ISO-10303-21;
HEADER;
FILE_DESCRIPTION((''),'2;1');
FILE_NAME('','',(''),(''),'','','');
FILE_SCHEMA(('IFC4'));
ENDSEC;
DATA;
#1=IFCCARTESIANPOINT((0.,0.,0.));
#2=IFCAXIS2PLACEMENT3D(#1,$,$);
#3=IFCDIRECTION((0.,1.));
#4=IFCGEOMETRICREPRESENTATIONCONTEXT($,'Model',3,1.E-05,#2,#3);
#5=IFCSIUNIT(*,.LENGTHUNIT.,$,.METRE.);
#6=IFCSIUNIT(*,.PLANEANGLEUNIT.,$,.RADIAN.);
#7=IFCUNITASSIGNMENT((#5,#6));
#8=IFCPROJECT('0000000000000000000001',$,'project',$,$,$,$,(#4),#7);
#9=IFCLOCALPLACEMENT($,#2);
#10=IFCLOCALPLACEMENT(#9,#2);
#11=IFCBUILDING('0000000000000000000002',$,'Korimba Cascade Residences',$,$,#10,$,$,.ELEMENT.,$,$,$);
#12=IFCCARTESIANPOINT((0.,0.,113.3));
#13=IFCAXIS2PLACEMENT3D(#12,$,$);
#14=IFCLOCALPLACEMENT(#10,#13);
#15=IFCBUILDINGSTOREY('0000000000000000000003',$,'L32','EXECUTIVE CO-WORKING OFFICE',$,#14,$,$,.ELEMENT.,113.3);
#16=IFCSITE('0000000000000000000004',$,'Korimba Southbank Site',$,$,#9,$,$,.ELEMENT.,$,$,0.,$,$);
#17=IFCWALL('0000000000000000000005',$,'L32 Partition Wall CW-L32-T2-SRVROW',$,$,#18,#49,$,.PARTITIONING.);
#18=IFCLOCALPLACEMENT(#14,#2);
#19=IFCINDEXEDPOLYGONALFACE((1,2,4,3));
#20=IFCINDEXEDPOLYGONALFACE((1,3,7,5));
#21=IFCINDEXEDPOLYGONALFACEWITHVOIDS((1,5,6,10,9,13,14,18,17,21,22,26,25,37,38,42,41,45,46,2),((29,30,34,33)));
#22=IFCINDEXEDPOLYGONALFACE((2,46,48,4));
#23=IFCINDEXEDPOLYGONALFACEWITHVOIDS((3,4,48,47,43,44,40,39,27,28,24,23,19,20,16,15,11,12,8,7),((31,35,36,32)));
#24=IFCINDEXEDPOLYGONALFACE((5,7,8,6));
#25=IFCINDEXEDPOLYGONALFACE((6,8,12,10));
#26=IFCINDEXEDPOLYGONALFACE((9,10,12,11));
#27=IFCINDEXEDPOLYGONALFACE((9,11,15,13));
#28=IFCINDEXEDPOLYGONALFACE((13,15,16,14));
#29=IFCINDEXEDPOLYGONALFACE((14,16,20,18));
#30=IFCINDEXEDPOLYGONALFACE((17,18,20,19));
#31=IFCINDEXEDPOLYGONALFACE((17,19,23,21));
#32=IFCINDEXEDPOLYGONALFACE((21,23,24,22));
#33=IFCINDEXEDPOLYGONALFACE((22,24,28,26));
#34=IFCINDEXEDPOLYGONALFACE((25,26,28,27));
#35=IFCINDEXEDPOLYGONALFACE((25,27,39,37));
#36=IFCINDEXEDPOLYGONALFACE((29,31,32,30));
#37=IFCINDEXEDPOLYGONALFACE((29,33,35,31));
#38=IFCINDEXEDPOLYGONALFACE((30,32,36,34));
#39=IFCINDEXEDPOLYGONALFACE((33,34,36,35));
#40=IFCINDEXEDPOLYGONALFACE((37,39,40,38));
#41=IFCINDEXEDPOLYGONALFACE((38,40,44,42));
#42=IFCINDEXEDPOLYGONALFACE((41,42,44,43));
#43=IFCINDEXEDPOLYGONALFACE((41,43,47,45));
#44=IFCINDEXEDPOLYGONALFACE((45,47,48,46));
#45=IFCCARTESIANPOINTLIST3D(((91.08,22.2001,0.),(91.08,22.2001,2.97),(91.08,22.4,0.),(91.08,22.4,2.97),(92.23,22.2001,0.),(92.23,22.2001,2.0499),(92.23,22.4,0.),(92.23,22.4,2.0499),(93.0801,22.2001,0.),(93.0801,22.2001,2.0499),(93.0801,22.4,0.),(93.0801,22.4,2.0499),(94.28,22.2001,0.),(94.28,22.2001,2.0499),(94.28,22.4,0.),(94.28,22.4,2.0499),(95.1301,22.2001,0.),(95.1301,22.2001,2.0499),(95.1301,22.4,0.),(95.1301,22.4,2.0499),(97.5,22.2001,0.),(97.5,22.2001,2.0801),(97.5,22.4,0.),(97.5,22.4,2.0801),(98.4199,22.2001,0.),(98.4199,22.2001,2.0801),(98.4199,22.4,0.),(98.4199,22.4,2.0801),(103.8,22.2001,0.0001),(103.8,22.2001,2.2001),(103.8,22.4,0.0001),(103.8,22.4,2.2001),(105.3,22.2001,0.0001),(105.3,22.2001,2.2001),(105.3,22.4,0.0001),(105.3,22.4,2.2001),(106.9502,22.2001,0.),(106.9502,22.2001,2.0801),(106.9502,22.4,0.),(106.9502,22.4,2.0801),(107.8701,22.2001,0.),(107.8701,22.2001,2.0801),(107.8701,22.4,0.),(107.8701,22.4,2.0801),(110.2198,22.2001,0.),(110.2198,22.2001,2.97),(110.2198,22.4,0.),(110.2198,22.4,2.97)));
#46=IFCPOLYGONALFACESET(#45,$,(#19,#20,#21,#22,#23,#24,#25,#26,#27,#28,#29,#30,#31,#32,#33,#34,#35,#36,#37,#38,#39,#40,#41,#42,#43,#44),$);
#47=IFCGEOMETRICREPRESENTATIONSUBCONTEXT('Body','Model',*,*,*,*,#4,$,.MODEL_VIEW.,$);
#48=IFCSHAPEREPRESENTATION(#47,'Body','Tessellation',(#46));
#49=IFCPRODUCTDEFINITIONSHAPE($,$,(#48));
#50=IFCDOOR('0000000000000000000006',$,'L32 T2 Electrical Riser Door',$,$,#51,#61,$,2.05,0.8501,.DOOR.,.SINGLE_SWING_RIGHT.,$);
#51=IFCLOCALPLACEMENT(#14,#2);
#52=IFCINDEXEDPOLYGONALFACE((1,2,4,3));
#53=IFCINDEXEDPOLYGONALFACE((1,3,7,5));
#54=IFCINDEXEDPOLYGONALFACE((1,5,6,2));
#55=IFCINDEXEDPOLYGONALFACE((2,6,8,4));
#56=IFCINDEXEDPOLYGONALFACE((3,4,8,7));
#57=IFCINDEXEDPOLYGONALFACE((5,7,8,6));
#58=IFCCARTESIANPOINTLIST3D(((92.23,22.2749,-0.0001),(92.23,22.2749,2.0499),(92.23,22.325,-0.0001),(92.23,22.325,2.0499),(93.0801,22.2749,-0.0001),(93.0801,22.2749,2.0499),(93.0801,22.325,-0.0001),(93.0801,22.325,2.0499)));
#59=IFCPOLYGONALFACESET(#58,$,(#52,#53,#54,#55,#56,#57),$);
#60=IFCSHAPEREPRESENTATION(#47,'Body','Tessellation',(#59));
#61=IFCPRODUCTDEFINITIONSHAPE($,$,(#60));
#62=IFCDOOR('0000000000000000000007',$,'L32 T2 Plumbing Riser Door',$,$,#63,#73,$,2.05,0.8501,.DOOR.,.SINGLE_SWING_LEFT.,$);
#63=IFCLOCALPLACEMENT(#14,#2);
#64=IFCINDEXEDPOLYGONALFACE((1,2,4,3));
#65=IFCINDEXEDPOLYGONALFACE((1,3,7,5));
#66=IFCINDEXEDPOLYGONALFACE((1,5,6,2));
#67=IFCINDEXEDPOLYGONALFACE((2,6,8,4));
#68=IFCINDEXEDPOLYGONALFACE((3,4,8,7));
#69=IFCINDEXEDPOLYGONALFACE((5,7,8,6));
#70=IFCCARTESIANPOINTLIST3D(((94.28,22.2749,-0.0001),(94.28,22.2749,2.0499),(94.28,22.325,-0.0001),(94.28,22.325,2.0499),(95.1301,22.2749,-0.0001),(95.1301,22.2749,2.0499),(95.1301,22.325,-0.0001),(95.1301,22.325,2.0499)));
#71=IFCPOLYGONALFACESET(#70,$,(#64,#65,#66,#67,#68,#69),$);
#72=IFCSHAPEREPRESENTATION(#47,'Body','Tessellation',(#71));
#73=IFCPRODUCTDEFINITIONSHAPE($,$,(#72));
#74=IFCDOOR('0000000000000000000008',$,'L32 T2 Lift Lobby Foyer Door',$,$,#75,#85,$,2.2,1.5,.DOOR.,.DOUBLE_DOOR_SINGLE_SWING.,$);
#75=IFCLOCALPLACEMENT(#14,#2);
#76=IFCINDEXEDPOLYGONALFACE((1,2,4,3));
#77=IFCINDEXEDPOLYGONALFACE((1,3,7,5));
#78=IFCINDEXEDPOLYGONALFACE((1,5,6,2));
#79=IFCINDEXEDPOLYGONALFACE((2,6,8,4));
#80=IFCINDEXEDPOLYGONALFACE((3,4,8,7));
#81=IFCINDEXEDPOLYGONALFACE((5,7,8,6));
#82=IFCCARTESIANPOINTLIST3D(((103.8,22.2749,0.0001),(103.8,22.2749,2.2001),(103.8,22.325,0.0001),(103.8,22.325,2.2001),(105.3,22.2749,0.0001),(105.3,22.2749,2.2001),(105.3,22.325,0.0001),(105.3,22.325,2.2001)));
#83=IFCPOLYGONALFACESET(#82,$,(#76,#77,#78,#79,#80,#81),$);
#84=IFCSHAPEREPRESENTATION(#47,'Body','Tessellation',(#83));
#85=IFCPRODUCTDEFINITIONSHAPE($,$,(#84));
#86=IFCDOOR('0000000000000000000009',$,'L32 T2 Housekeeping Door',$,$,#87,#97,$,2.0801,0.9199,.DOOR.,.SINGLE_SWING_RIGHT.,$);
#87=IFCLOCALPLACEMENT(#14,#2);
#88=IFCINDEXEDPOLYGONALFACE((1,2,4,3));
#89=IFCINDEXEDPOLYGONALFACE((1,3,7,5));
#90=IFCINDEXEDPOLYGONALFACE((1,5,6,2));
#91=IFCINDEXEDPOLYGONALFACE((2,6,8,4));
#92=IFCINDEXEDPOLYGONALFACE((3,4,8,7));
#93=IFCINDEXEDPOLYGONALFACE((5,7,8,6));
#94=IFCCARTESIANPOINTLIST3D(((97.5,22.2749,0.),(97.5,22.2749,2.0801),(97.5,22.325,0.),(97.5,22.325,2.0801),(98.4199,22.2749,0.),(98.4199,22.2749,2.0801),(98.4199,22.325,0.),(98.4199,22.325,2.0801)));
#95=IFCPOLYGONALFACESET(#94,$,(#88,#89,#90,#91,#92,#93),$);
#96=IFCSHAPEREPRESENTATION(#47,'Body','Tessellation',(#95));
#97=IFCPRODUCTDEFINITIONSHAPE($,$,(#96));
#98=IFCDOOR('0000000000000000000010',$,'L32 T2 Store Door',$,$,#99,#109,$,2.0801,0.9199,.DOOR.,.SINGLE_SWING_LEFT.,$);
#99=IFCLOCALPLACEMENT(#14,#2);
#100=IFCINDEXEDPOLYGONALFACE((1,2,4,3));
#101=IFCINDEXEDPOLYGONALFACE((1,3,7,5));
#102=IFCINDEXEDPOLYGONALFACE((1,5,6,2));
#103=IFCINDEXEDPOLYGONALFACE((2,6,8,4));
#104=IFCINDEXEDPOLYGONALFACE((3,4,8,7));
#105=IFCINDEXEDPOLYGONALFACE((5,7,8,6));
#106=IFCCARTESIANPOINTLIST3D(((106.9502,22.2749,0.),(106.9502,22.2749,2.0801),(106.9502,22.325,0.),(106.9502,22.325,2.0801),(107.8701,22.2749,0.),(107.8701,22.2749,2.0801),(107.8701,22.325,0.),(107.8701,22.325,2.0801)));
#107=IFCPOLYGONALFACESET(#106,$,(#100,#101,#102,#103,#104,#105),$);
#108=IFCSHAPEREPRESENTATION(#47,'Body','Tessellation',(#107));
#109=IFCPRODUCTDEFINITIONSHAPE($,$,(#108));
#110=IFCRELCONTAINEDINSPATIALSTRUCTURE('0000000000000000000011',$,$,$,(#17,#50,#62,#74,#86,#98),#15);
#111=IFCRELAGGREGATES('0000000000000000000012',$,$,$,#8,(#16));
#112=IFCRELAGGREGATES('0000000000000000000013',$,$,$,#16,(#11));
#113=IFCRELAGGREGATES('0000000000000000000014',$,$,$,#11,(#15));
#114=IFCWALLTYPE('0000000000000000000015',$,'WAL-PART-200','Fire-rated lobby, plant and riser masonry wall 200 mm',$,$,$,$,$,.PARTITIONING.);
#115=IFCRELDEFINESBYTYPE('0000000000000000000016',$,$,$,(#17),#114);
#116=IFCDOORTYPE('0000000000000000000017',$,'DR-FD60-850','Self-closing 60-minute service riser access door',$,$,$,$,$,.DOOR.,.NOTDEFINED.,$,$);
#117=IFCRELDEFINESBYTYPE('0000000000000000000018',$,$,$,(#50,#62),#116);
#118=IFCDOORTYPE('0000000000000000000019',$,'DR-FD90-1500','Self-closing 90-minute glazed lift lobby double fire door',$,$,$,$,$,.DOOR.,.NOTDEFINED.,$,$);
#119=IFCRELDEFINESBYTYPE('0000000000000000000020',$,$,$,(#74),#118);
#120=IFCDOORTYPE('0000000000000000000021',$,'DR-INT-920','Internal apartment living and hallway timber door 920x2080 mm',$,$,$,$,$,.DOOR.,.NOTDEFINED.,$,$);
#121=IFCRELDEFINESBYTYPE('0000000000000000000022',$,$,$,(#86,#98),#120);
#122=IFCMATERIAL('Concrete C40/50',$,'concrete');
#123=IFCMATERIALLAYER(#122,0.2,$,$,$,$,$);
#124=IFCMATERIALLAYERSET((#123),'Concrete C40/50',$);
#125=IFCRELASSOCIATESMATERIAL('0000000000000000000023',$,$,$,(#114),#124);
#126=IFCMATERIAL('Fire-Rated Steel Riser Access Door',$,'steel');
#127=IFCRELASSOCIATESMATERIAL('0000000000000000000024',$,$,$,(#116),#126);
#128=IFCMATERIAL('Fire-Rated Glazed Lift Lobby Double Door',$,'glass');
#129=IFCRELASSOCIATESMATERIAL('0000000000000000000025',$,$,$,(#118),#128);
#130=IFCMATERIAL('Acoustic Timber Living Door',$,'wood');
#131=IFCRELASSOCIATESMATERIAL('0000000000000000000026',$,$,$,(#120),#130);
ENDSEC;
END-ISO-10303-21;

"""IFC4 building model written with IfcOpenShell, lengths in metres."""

from ifc_helpers import new_model, si_unit, direction, frame, frame_2d, origin, place, context, subcontext, project, spatial, rectangle, extrude, material, layer, layer_set, type_object, element, fill, save


model = new_model("IFC4")

# Units and contexts
model_context = context("Model", 3, precision=1e-05, world=origin(), true_north=direction((0.0, 1.0)))
body_context = subcontext(model_context, "Body", "Model", "MODEL_VIEW")
ifc_project = project(units=[si_unit("LENGTHUNIT", "METRE"), si_unit("PLANEANGLEUNIT", "RADIAN")], contexts=[model_context])

# Site, building, storey
site_placement = place(None, origin())
site = spatial("IfcSite", under=ifc_project, at=site_placement, Name="Korimba Southbank Site", CompositionType="ELEMENT", RefElevation=0.0)
building_placement = place(site_placement, origin())
building = spatial("IfcBuilding", under=site, at=building_placement, Name="Korimba Cascade Residences", CompositionType="ELEMENT")
storey_placement = place(building_placement, frame((0.0, 0.0, 113.3)))
storey = spatial("IfcBuildingStorey", under=building, at=storey_placement, Name="L32", Description="EXECUTIVE CO-WORKING OFFICE", CompositionType="ELEMENT", Elevation=113.3)

# Shared definitions
ifc_material_1 = material(Name="Concrete C40/50", Category="concrete")
ifc_layer_1 = layer(ifc_material_1, 0.2)
ifc_layer_set_1 = layer_set([ifc_layer_1], Name="Concrete C40/50")
wall_type_1 = type_object("IfcWallType", Name="WAL-PART-200", Description="Fire-rated lobby, plant and riser masonry wall 200 mm", PredefinedType="PARTITIONING", material=ifc_layer_set_1)

# Wall, openings, doors
wall_1_placement = place(storey_placement, frame((91.0801, 22.3, 0.0), z_axis=(0.0, 0.0, 1.0), x_axis=(1.0, 0.0, 0.0)))
wall_1 = element("IfcWall", 1, at=wall_1_placement, inside=storey, type_object=wall_type_1, Name="L32 Partition Wall CW-L32-T2-SRVROW", PredefinedType="PARTITIONING", context=body_context, shape_type="SweptSolid", body=[
    extrude(rectangle(XDim=19.1399, YDim=0.2, at=frame_2d((9.5698, 0.0))), origin(), (0.0, 0.0, 1.0), 2.97),
])
opening_1_placement = place(wall_1_placement, frame((1.1499, 0.0, 0.0)))
opening_1 = element("IfcOpeningElement", 2, at=opening_1_placement, cuts=wall_1, PredefinedType="OPENING", context=body_context, shape_type="SweptSolid", body=[
    extrude(rectangle(XDim=0.8501, YDim=2.05, at=frame_2d((0.425, 1.0249))), frame((0.0, 0.1099, 0.0), z_axis=(0.0, -1.0, 0.0), x_axis=(1.0, 0.0, 0.0)), (0.0, 0.0, 1.0), 0.22),
])
opening_2_placement = place(wall_1_placement, frame((3.2, 0.0, 0.0)))
opening_2 = element("IfcOpeningElement", 3, at=opening_2_placement, cuts=wall_1, PredefinedType="OPENING", context=body_context, shape_type="SweptSolid", body=[
    extrude(rectangle(XDim=0.8501, YDim=2.05, at=frame_2d((0.425, 1.0249))), frame((0.0, 0.1099, 0.0), z_axis=(0.0, -1.0, 0.0), x_axis=(1.0, 0.0, 0.0)), (0.0, 0.0, 1.0), 0.22),
])
opening_3_placement = place(wall_1_placement, frame((12.72, 0.0, 0.0)))
opening_3 = element("IfcOpeningElement", 4, at=opening_3_placement, cuts=wall_1, PredefinedType="OPENING", context=body_context, shape_type="SweptSolid", body=[
    extrude(rectangle(XDim=1.5, YDim=2.2, at=frame_2d((0.75, 1.1001))), frame((0.0, 0.1099, 0.0), z_axis=(0.0, -1.0, 0.0), x_axis=(1.0, 0.0, 0.0)), (0.0, 0.0, 1.0), 0.22),
])
opening_4_placement = place(wall_1_placement, frame((6.4199, 0.0, 0.0)))
opening_4 = element("IfcOpeningElement", 5, at=opening_4_placement, cuts=wall_1, PredefinedType="OPENING", context=body_context, shape_type="SweptSolid", body=[
    extrude(rectangle(XDim=0.9199, YDim=2.0801, at=frame_2d((0.46, 1.04))), frame((0.0, 0.1099, 0.0), z_axis=(0.0, -1.0, 0.0), x_axis=(1.0, 0.0, 0.0)), (0.0, 0.0, 1.0), 0.22),
])
opening_5_placement = place(wall_1_placement, frame((15.8701, 0.0, 0.0)))
opening_5 = element("IfcOpeningElement", 6, at=opening_5_placement, cuts=wall_1, PredefinedType="OPENING", context=body_context, shape_type="SweptSolid", body=[
    extrude(rectangle(XDim=0.9199, YDim=2.0801, at=frame_2d((0.46, 1.04))), frame((0.0, 0.1099, 0.0), z_axis=(0.0, -1.0, 0.0), x_axis=(1.0, 0.0, 0.0)), (0.0, 0.0, 1.0), 0.22),
])
ifc_material_2 = material(Name="Fire-Rated Steel Riser Access Door", Category="steel")
door_type_1 = type_object("IfcDoorType", Name="DR-FD60-850", Description="Self-closing 60-minute service riser access door", OperationType="NOTDEFINED", PredefinedType="DOOR", material=ifc_material_2)
door_1_placement = place(opening_1_placement, origin())
door_1 = element("IfcDoor", 7, at=door_1_placement, inside=storey, type_object=door_type_1, Name="L32 T2 Electrical Riser Door", OperationType="SINGLE_SWING_RIGHT", OverallHeight=2.05, OverallWidth=0.8501, PredefinedType="DOOR", context=body_context, shape_type="SweptSolid", body=[
    extrude(rectangle(XDim=0.8501, YDim=2.05, at=frame_2d((0.425, 1.0249))), frame((0.0, 0.0249, 0.0), z_axis=(0.0, -1.0, 0.0), x_axis=(1.0, 0.0, 0.0)), (0.0, 0.0, 1.0), 0.05),
])
fill(opening_1, door_1)
door_2_placement = place(opening_2_placement, origin())
door_2 = element("IfcDoor", 8, at=door_2_placement, inside=storey, type_object=door_type_1, Name="L32 T2 Plumbing Riser Door", OperationType="SINGLE_SWING_LEFT", OverallHeight=2.05, OverallWidth=0.8501, PredefinedType="DOOR", context=body_context, shape_type="SweptSolid", body=[
    extrude(rectangle(XDim=0.8501, YDim=2.05, at=frame_2d((0.425, 1.0249))), frame((0.0, 0.0249, 0.0), z_axis=(0.0, -1.0, 0.0), x_axis=(1.0, 0.0, 0.0)), (0.0, 0.0, 1.0), 0.05),
])
fill(opening_2, door_2)
ifc_material_3 = material(Name="Fire-Rated Glazed Lift Lobby Double Door", Category="glass")
door_type_2 = type_object("IfcDoorType", Name="DR-FD90-1500", Description="Self-closing 90-minute glazed lift lobby double fire door", OperationType="NOTDEFINED", PredefinedType="DOOR", material=ifc_material_3)
door_3_placement = place(opening_3_placement, origin())
door_3 = element("IfcDoor", 9, at=door_3_placement, inside=storey, type_object=door_type_2, Name="L32 T2 Lift Lobby Foyer Door", OperationType="DOUBLE_DOOR_SINGLE_SWING", OverallHeight=2.2, OverallWidth=1.5, PredefinedType="DOOR", context=body_context, shape_type="SweptSolid", body=[
    extrude(rectangle(XDim=1.5, YDim=2.2, at=frame_2d((0.75, 1.1001))), frame((0.0, 0.0249, 0.0), z_axis=(0.0, -1.0, 0.0), x_axis=(1.0, 0.0, 0.0)), (0.0, 0.0, 1.0), 0.05),
])
fill(opening_3, door_3)
ifc_material_4 = material(Name="Acoustic Timber Living Door", Category="wood")
door_type_3 = type_object("IfcDoorType", Name="DR-INT-920", Description="Internal apartment living and hallway timber door 920x2080 mm", OperationType="NOTDEFINED", PredefinedType="DOOR", material=ifc_material_4)
door_4_placement = place(opening_4_placement, origin())
door_4 = element("IfcDoor", 10, at=door_4_placement, inside=storey, type_object=door_type_3, Name="L32 T2 Housekeeping Door", OperationType="SINGLE_SWING_RIGHT", OverallHeight=2.0801, OverallWidth=0.9199, PredefinedType="DOOR", context=body_context, shape_type="SweptSolid", body=[
    extrude(rectangle(XDim=0.9199, YDim=2.0801, at=frame_2d((0.46, 1.04))), frame((0.0, 0.0249, 0.0), z_axis=(0.0, -1.0, 0.0), x_axis=(1.0, 0.0, 0.0)), (0.0, 0.0, 1.0), 0.05),
])
fill(opening_4, door_4)
door_5_placement = place(opening_5_placement, origin())
door_5 = element("IfcDoor", 11, at=door_5_placement, inside=storey, type_object=door_type_3, Name="L32 T2 Store Door", OperationType="SINGLE_SWING_LEFT", OverallHeight=2.0801, OverallWidth=0.9199, PredefinedType="DOOR", context=body_context, shape_type="SweptSolid", body=[
    extrude(rectangle(XDim=0.9199, YDim=2.0801, at=frame_2d((0.46, 1.04))), frame((0.0, 0.0249, 0.0), z_axis=(0.0, -1.0, 0.0), x_axis=(1.0, 0.0, 0.0)), (0.0, 0.0, 1.0), 0.05),
])
fill(opening_5, door_5)

save(model, "model.ifc")
